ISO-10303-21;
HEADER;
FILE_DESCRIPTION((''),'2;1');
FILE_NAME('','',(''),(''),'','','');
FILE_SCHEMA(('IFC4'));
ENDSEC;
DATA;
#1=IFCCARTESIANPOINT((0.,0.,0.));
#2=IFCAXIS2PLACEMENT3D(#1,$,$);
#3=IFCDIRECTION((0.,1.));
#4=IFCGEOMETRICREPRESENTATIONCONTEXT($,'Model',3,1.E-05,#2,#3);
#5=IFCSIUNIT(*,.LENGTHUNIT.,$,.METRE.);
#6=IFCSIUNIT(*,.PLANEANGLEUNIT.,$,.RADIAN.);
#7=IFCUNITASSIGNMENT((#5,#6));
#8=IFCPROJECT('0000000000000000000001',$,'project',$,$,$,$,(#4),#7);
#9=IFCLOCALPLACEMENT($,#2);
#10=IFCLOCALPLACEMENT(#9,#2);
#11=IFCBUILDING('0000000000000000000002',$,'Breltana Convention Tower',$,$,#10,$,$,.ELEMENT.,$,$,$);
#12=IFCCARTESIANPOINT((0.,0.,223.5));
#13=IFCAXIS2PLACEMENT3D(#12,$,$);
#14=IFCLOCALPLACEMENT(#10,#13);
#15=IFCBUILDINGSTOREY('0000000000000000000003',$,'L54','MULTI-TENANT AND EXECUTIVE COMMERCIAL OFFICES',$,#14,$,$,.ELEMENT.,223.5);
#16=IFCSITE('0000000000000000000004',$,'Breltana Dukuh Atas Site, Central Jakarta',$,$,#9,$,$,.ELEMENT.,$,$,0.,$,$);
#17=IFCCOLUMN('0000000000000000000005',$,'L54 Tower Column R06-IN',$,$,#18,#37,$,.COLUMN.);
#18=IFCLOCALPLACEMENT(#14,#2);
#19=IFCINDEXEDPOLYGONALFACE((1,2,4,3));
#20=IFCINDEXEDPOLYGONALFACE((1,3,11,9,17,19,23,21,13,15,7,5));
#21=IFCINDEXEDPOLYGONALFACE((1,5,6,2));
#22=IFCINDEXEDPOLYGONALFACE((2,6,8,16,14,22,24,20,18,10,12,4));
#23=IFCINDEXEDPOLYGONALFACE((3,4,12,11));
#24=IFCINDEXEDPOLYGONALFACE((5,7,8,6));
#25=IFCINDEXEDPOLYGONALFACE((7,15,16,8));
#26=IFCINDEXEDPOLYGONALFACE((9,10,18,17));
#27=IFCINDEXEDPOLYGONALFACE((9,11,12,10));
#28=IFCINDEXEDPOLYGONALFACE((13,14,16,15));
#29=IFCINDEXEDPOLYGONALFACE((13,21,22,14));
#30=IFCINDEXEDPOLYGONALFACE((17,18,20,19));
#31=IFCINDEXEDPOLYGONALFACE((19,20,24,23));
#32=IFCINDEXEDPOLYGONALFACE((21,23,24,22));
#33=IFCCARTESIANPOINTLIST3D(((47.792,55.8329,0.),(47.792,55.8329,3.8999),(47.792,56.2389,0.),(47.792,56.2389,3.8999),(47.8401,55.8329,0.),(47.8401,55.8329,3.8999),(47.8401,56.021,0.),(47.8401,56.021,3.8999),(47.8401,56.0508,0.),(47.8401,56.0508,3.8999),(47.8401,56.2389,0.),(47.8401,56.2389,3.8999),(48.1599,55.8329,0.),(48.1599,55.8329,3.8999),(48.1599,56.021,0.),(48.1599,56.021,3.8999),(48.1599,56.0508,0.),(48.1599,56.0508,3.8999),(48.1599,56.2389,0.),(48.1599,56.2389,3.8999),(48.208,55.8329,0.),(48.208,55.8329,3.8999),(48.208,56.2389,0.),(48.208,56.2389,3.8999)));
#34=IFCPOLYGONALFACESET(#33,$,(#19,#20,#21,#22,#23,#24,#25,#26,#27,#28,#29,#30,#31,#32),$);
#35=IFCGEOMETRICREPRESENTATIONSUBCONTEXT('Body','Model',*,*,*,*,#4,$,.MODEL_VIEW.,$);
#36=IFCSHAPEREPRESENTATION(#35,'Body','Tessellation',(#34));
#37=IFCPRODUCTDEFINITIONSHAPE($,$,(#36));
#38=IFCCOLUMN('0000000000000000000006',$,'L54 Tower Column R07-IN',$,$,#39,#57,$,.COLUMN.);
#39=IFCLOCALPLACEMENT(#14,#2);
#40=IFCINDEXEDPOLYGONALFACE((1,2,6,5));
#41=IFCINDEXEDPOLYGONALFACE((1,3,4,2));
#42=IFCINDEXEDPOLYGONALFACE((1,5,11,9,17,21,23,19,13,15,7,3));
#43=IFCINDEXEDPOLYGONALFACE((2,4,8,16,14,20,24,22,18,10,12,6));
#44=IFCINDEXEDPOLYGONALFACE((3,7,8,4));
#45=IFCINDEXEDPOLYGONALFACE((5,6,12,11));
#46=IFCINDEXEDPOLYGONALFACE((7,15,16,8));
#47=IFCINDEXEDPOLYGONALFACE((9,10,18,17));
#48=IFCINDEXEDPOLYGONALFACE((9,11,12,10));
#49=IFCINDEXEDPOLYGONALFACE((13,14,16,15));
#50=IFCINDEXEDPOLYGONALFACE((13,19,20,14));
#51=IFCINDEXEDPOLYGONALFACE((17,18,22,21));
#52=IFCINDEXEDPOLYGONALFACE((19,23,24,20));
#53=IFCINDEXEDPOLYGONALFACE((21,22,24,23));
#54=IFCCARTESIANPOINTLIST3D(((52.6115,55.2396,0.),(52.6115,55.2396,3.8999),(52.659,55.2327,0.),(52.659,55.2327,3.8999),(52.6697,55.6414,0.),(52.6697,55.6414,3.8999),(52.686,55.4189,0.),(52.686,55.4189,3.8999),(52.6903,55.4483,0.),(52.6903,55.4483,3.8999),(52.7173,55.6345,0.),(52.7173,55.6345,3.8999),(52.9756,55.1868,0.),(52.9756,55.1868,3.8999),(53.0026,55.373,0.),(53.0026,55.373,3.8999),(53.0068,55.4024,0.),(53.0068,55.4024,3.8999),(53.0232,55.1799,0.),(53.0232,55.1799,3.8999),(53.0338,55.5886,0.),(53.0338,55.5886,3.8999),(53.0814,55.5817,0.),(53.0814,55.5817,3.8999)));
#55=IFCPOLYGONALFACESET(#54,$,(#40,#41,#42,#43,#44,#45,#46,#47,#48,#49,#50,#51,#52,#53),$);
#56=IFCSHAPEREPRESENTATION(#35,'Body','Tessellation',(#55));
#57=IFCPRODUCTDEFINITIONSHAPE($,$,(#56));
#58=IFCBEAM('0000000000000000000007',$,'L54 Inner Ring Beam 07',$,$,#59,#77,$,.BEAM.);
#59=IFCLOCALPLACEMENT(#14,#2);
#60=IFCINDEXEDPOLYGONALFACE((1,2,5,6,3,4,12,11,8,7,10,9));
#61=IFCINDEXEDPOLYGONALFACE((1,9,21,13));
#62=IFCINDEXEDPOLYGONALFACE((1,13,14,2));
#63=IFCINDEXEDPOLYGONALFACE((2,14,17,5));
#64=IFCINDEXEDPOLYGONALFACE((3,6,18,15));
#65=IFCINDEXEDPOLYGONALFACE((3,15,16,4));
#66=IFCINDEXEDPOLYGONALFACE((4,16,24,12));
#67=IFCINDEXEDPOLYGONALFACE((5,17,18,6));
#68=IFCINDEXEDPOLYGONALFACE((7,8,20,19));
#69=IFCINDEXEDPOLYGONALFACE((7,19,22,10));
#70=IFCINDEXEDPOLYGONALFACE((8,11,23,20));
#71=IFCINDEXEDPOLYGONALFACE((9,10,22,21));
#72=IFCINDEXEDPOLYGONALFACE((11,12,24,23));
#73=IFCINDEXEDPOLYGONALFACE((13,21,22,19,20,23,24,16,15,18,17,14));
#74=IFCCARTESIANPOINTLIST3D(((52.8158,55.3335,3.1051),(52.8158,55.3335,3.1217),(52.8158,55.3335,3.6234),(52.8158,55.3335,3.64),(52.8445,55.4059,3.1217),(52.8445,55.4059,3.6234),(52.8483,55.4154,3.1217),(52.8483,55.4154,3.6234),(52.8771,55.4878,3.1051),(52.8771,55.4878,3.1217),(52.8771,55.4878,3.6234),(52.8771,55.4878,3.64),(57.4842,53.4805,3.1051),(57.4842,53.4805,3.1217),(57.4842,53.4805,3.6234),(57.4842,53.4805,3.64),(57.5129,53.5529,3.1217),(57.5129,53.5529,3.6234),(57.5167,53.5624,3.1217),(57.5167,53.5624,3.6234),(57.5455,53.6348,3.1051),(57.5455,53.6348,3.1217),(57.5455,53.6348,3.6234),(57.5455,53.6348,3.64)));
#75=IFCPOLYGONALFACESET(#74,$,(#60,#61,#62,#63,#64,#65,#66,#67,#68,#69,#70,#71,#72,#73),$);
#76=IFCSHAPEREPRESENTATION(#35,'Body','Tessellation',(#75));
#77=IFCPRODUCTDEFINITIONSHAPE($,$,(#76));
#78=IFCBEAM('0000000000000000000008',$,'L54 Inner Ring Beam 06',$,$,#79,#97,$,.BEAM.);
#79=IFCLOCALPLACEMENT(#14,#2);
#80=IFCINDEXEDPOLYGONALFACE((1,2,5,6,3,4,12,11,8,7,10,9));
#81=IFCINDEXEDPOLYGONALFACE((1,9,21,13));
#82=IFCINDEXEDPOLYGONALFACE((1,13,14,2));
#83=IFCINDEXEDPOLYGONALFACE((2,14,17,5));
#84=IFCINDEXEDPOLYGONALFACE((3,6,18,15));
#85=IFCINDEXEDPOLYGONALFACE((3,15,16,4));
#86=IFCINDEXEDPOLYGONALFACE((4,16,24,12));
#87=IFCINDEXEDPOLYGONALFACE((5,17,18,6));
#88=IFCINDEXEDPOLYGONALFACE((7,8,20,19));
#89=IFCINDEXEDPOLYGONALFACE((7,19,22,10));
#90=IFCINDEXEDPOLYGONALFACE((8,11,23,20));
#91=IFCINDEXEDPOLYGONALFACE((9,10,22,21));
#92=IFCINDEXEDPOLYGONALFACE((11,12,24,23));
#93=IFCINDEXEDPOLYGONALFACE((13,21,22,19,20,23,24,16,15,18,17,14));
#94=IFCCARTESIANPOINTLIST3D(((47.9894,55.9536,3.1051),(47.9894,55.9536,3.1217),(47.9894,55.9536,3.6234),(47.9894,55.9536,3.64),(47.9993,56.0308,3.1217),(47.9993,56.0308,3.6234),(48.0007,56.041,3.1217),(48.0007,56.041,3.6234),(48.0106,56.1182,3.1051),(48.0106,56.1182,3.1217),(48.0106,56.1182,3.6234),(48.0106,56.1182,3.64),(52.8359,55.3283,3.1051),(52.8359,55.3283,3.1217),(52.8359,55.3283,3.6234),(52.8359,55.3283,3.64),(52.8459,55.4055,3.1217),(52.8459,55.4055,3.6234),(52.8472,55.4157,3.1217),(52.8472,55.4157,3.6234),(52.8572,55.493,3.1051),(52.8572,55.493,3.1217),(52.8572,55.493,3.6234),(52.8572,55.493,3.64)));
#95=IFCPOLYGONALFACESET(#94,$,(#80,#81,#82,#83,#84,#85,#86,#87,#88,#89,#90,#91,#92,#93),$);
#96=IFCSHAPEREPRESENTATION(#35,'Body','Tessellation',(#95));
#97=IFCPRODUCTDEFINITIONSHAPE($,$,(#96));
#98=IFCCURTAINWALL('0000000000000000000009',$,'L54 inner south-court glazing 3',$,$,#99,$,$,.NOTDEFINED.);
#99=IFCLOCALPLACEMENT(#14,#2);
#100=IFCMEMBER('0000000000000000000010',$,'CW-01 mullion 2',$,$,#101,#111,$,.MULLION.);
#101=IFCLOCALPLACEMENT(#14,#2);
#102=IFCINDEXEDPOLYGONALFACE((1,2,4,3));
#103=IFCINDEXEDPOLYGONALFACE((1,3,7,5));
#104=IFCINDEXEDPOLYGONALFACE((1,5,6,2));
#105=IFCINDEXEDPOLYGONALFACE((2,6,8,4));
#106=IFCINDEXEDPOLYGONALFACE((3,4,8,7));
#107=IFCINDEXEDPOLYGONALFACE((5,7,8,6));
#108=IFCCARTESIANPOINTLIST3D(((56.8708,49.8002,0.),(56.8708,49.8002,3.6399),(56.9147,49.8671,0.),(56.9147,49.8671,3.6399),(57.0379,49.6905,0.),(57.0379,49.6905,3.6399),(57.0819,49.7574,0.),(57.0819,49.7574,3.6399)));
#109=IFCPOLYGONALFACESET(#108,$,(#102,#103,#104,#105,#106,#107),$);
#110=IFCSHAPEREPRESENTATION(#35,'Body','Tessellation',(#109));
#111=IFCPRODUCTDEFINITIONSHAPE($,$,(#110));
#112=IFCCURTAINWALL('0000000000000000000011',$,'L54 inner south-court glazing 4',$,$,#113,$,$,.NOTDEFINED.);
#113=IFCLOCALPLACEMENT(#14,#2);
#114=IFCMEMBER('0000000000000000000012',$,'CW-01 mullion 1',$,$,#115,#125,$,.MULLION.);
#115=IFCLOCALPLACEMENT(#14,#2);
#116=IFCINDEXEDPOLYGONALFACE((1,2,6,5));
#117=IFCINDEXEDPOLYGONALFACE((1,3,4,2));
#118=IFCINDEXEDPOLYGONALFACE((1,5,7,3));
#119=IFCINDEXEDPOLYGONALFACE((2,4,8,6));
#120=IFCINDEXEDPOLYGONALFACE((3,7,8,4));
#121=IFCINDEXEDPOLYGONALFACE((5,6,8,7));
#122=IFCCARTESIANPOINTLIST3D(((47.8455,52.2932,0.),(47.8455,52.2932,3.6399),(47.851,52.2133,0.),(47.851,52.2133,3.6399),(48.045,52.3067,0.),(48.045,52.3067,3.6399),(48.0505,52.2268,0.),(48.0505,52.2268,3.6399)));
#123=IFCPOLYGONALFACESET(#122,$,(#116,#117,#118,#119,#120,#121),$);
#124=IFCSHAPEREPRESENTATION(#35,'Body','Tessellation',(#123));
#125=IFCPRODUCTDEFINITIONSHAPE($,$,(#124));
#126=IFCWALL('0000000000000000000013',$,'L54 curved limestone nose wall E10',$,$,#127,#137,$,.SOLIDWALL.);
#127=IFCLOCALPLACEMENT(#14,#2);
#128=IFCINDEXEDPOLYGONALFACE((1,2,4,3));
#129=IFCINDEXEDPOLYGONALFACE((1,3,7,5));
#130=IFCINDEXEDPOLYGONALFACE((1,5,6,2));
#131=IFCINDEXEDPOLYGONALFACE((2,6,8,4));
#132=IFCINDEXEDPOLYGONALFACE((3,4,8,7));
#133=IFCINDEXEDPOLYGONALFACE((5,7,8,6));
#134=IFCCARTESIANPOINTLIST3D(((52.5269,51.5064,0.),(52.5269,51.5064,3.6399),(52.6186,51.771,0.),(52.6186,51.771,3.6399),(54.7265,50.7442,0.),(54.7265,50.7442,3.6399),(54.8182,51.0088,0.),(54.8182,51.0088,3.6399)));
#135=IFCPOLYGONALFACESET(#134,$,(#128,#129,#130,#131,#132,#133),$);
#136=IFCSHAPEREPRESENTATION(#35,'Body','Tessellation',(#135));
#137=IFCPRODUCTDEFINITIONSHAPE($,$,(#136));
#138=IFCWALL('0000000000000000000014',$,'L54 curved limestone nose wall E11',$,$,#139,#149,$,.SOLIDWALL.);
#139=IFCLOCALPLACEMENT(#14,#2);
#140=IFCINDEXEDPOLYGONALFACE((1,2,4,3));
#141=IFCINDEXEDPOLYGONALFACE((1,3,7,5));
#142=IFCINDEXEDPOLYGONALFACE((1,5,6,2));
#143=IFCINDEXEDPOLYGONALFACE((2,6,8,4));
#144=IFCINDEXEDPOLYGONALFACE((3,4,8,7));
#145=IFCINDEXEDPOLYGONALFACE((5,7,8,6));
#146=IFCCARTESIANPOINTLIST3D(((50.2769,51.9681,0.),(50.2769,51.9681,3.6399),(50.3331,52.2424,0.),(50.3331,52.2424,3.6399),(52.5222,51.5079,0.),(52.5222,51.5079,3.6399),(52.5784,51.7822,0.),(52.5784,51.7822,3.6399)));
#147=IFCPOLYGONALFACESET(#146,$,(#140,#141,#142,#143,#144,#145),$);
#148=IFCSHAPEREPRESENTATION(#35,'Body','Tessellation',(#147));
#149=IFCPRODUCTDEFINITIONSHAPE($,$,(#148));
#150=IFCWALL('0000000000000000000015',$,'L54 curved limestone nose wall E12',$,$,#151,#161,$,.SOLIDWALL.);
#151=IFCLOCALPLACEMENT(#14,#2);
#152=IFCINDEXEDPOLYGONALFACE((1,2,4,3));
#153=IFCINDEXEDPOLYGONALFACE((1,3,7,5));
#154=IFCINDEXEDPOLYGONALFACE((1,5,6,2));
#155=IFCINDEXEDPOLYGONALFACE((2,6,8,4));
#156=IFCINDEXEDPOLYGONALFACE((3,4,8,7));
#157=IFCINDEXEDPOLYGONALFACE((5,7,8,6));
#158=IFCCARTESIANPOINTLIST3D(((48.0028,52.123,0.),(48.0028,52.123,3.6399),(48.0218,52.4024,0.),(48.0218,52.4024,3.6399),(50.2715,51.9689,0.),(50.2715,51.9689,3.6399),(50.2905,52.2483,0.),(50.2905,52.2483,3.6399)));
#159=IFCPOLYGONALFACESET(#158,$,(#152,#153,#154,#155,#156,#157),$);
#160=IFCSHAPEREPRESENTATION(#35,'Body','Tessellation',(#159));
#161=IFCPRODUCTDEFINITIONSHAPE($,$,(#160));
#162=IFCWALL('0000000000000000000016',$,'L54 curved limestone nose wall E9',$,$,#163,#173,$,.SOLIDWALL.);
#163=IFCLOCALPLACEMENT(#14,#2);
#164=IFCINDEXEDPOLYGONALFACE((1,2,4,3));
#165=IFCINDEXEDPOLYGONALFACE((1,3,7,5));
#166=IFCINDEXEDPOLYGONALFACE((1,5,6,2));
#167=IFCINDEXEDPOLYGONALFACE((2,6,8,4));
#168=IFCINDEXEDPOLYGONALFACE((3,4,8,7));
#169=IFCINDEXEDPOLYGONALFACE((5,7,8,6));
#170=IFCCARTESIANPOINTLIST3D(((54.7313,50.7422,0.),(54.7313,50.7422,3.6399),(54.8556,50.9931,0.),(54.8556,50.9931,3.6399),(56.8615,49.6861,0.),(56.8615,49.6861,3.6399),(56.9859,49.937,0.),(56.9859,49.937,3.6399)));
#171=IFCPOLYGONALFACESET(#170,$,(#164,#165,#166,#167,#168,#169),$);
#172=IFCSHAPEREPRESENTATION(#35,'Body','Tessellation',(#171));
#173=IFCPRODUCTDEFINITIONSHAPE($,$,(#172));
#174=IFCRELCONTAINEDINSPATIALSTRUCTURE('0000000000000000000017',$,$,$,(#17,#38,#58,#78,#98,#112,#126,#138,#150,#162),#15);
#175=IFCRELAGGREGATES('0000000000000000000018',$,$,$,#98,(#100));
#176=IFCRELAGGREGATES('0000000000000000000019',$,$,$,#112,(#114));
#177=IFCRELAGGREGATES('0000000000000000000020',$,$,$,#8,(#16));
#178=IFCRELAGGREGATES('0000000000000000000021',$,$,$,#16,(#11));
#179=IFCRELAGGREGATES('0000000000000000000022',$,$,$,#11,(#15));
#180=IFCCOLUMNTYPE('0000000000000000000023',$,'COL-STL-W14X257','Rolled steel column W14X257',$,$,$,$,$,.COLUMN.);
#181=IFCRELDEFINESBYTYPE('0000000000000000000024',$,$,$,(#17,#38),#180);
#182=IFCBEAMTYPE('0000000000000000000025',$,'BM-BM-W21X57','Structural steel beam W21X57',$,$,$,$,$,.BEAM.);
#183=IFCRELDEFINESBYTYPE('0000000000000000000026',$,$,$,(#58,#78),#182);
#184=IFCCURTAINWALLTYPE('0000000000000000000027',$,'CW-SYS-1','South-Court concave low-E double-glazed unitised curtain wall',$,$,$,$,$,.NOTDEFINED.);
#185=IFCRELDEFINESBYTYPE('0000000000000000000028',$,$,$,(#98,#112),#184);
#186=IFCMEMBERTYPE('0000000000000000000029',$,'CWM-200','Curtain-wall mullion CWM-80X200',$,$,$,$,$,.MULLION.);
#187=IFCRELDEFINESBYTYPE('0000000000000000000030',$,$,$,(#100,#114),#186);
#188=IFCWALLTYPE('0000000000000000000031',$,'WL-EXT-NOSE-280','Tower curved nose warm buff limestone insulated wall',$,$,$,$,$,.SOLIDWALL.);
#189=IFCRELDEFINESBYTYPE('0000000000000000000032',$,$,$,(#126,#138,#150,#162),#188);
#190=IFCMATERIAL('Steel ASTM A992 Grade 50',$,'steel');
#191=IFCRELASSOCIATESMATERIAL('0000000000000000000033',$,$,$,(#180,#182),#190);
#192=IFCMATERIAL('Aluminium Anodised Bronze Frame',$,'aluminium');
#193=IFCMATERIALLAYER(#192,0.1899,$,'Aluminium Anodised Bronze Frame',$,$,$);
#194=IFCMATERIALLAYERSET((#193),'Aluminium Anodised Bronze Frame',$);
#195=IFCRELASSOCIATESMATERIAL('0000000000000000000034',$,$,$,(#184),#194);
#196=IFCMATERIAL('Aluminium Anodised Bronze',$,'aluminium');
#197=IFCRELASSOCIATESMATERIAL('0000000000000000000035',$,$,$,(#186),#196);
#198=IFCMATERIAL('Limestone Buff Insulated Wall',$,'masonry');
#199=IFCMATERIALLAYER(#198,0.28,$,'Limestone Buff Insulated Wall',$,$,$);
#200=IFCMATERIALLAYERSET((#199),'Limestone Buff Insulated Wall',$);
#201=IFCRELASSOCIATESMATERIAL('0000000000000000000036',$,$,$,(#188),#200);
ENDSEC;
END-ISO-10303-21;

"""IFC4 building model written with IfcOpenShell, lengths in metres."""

from ifc_helpers import new_model, si_unit, direction, frame, frame_2d, origin, origin_2d, place, context, subcontext, project, spatial, rectangle, i_section, extrude, source, transform, mapped, material, layer, layer_set, material_profile, profile_set, type_object, element, aggregate, save


model = new_model("IFC4")

# Units and contexts
model_context = context("Model", 3, precision=1e-05, world=origin(), true_north=direction((0.0, 1.0)))
body_context = subcontext(model_context, "Body", "Model", "MODEL_VIEW")
ifc_project = project(units=[si_unit("LENGTHUNIT", "METRE"), si_unit("PLANEANGLEUNIT", "RADIAN")], contexts=[model_context])

# Site, building, storey
site_placement = place(None, origin())
site = spatial("IfcSite", under=ifc_project, at=site_placement, Name="Breltana Dukuh Atas Site, Central Jakarta", CompositionType="ELEMENT", RefElevation=0.0)
building_placement = place(site_placement, origin())
building = spatial("IfcBuilding", under=site, at=building_placement, Name="Breltana Convention Tower", CompositionType="ELEMENT")
storey_placement = place(building_placement, frame((0.0, 0.0, 223.5)))
storey = spatial("IfcBuildingStorey", under=building, at=storey_placement, Name="L54", Description="MULTI-TENANT AND EXECUTIVE COMMERCIAL OFFICES", CompositionType="ELEMENT", Elevation=223.5)

# Columns
ifc_material_1 = material(Name="Steel ASTM A992 Grade 50", Category="steel")
ifc_material_profile_1 = material_profile(ifc_material_1, i_section(OverallWidth=0.406, OverallDepth=0.416, WebThickness=0.0298, FlangeThickness=0.0481, at=origin_2d()), Name="W14X257")
ifc_profile_set_1 = profile_set([ifc_material_profile_1], Name="Steel ASTM A992 Grade 50")
column_type = type_object("IfcColumnType", Name="COL-STL-W14X257", Description="Rolled steel column W14X257", PredefinedType="COLUMN", material=ifc_profile_set_1)
shared_shape_1 = source(origin(), body_context, "Body", "SweptSolid", [
    extrude(i_section(OverallWidth=0.406, OverallDepth=0.416, WebThickness=0.0298, FlangeThickness=0.0481, at=origin_2d()), origin(), (0.0, 0.0, 1.0), 3.8999),
])
for number, where, z_axis, x_axis, name in (
    (1, (48.0, 56.0359, 0.0), (0.0, 0.0, 1.0), (0.0, 1.0, 0.0), "L54 Tower Column R06-IN"),
    (2, (52.8464, 55.4106, 0.0), (0.0, 0.0, 1.0), (0.143493, 0.989651, 0.0), "L54 Tower Column R07-IN"),
):
    element("IfcColumn", number, at=place(storey_placement, frame(where, z_axis=z_axis, x_axis=x_axis)), inside=storey, type_object=column_type, Name=name, PredefinedType="COLUMN", context=body_context, shape_type="MappedRepresentation", body=[
        mapped(shared_shape_1, transform((0.0, 0.0, 0.0), scale=1.0)),
    ])

# Beams
ifc_material_profile_2 = material_profile(ifc_material_1, i_section(OverallWidth=0.166, OverallDepth=0.5349, WebThickness=0.0103, FlangeThickness=0.0166, at=origin_2d()), Name="W21X57")
ifc_profile_set_2 = profile_set([ifc_material_profile_2], Name="Steel ASTM A992 Grade 50")
beam_type = type_object("IfcBeamType", Name="BM-BM-W21X57", Description="Structural steel beam W21X57", PredefinedType="BEAM", material=ifc_profile_set_2)
shared_shape_2 = source(origin(), body_context, "Body", "SweptSolid", [
    extrude(i_section(OverallWidth=0.166, OverallDepth=0.5349, WebThickness=0.0103, FlangeThickness=0.0166, at=origin_2d()), origin(), (0.0, 0.0, 1.0), 5.0227),
])
beam_1_placement = place(storey_placement, frame((52.8464, 55.4106, 3.3726), z_axis=(0.929459, -0.368926, 0.0), x_axis=(0.368926, 0.929459, 0.0)))
element("IfcBeam", 3, at=beam_1_placement, inside=storey, type_object=beam_type, Name="L54 Inner Ring Beam 07", PredefinedType="BEAM", context=body_context, shape_type="MappedRepresentation", body=[
    mapped(shared_shape_2, transform((0.0, 0.0, 0.0), scale=1.0)),
])
shared_shape_3 = source(origin(), body_context, "Body", "SweptSolid", [
    extrude(i_section(OverallWidth=0.166, OverallDepth=0.5349, WebThickness=0.0103, FlangeThickness=0.0166, at=origin_2d()), origin(), (0.0, 0.0, 1.0), 4.8867),
])
beam_2_placement = place(storey_placement, frame((48.0, 56.0359, 3.3726), z_axis=(0.991781, -0.127951, 0.0), x_axis=(0.127951, 0.991781, 0.0)))
element("IfcBeam", 4, at=beam_2_placement, inside=storey, type_object=beam_type, Name="L54 Inner Ring Beam 06", PredefinedType="BEAM", context=body_context, shape_type="MappedRepresentation", body=[
    mapped(shared_shape_3, transform((0.0, 0.0, 0.0), scale=1.0)),
])

# Curtain walls, members
ifc_material_2 = material(Name="Aluminium Anodised Bronze Frame", Category="aluminium")
ifc_layer_1 = layer(ifc_material_2, 0.1899, Name="Aluminium Anodised Bronze Frame")
ifc_layer_set_1 = layer_set([ifc_layer_1], Name="Aluminium Anodised Bronze Frame")
curtain_wall_type = type_object("IfcCurtainWallType", Name="CW-SYS-1", Description="South-Court concave low-E double-glazed unitised curtain wall", PredefinedType="NOTDEFINED", material=ifc_layer_set_1)
curtain_wall_1_placement = place(storey_placement, origin())
curtain_wall_1 = element("IfcCurtainWall", 5, at=curtain_wall_1_placement, inside=storey, type_object=curtain_wall_type, Name="L54 inner south-court glazing 3", PredefinedType="NOTDEFINED")
ifc_material_3 = material(Name="Aluminium Anodised Bronze", Category="aluminium")
ifc_material_profile_3 = material_profile(ifc_material_3, rectangle(XDim=0.0801, YDim=0.2, at=origin_2d()), Name="CWM-80X200")
ifc_profile_set_3 = profile_set([ifc_material_profile_3], Name="Aluminium Anodised Bronze")
member_type = type_object("IfcMemberType", Name="CWM-200", Description="Curtain-wall mullion CWM-80X200", PredefinedType="MULLION", material=ifc_profile_set_3)
shared_shape_4 = source(origin(), body_context, "Body", "SweptSolid", [
    extrude(rectangle(XDim=0.0801, YDim=0.2, at=origin_2d()), origin(), (0.0, 0.0, 1.0), 3.6399),
])
member_1_placement = place(storey_placement, frame((56.9763, 49.7788, 0.0), z_axis=(0.0, 0.0, 1.0), x_axis=(-0.548757, -0.835982, 0.0)))
member_1 = element("IfcMember", 6, at=member_1_placement, type_object=member_type, Name="CW-01 mullion 2", PredefinedType="MULLION", context=body_context, shape_type="MappedRepresentation", body=[
    mapped(shared_shape_4, transform((0.0, 0.0, 0.0), scale=1.0)),
])
aggregate(curtain_wall_1, [member_1])
curtain_wall_2_placement = place(storey_placement, origin())
curtain_wall_2 = element("IfcCurtainWall", 7, at=curtain_wall_2_placement, inside=storey, type_object=curtain_wall_type, Name="L54 inner south-court glazing 4", PredefinedType="NOTDEFINED")
member_2_placement = place(storey_placement, frame((47.948, 52.26, 0.0), z_axis=(0.0, 0.0, 1.0), x_axis=(0.067724, -0.997704, 0.0)))
member_2 = element("IfcMember", 8, at=member_2_placement, type_object=member_type, Name="CW-01 mullion 1", PredefinedType="MULLION", context=body_context, shape_type="MappedRepresentation", body=[
    mapped(shared_shape_4, transform((0.0, 0.0, 0.0), scale=1.0)),
])
aggregate(curtain_wall_2, [member_2])

# Walls
ifc_material_4 = material(Name="Limestone Buff Insulated Wall", Category="masonry")
ifc_layer_2 = layer(ifc_material_4, 0.28, Name="Limestone Buff Insulated Wall")
ifc_layer_set_2 = layer_set([ifc_layer_2], Name="Limestone Buff Insulated Wall")
wall_type_1 = type_object("IfcWallType", Name="WL-EXT-NOSE-280", Description="Tower curved nose warm buff limestone insulated wall", PredefinedType="SOLIDWALL", material=ifc_layer_set_2)
shared_shape_5 = source(origin(), body_context, "Body", "SweptSolid", [
    extrude(rectangle(XDim=2.3279, YDim=0.28, at=frame_2d((1.1641, 0.0))), origin(), (0.0, 0.0, 1.0), 3.6399),
])
wall_1_placement = place(storey_placement, frame((54.7725, 50.8765, 0.0), z_axis=(0.0, 0.0, 1.0), x_axis=(-0.944873, 0.327438, 0.0)))
element("IfcWall", 9, at=wall_1_placement, inside=storey, type_object=wall_type_1, Name="L54 curved limestone nose wall E10", PredefinedType="SOLIDWALL", context=body_context, shape_type="MappedRepresentation", body=[
    mapped(shared_shape_5, transform((0.0, 0.0, 0.0), scale=1.0)),
])
shared_shape_6 = source(origin(), body_context, "Body", "SweptSolid", [
    extrude(rectangle(XDim=2.292, YDim=0.28, at=frame_2d((1.146, 0.0))), origin(), (0.0, 0.0, 1.0), 3.6399),
])
wall_2_placement = place(storey_placement, frame((52.5503, 51.645, 0.0), z_axis=(0.0, 0.0, 1.0), x_axis=(-0.979635, 0.200784, 0.0)))
element("IfcWall", 10, at=wall_2_placement, inside=storey, type_object=wall_type_1, Name="L54 curved limestone nose wall E11", PredefinedType="SOLIDWALL", context=body_context, shape_type="MappedRepresentation", body=[
    mapped(shared_shape_6, transform((0.0, 0.0, 0.0), scale=1.0)),
])
shared_shape_7 = source(origin(), body_context, "Body", "SweptSolid", [
    extrude(rectangle(XDim=2.2739, YDim=0.28, at=frame_2d((1.137, 0.0))), origin(), (0.0, 0.0, 1.0), 3.6399),
])
wall_3_placement = place(storey_placement, frame((50.281, 52.1086, 0.0), z_axis=(0.0, 0.0, 1.0), x_axis=(-0.997703, 0.067745, 0.0)))
element("IfcWall", 11, at=wall_3_placement, inside=storey, type_object=wall_type_1, Name="L54 curved limestone nose wall E12", PredefinedType="SOLIDWALL", context=body_context, shape_type="MappedRepresentation", body=[
    mapped(shared_shape_7, transform((0.0, 0.0, 0.0), scale=1.0)),
])
shared_shape_8 = source(origin(), body_context, "Body", "SweptSolid", [
    extrude(rectangle(XDim=2.3777, YDim=0.28, at=frame_2d((1.189, 0.0))), origin(), (0.0, 0.0, 1.0), 3.6399),
])
wall_4_placement = place(storey_placement, frame((56.9238, 49.8115, 0.0), z_axis=(0.0, 0.0, 1.0), x_axis=(-0.895942, 0.444172, 0.0)))
element("IfcWall", 12, at=wall_4_placement, inside=storey, type_object=wall_type_1, Name="L54 curved limestone nose wall E9", PredefinedType="SOLIDWALL", context=body_context, shape_type="MappedRepresentation", body=[
    mapped(shared_shape_8, transform((0.0, 0.0, 0.0), scale=1.0)),
])

save(model, "model.ifc")
